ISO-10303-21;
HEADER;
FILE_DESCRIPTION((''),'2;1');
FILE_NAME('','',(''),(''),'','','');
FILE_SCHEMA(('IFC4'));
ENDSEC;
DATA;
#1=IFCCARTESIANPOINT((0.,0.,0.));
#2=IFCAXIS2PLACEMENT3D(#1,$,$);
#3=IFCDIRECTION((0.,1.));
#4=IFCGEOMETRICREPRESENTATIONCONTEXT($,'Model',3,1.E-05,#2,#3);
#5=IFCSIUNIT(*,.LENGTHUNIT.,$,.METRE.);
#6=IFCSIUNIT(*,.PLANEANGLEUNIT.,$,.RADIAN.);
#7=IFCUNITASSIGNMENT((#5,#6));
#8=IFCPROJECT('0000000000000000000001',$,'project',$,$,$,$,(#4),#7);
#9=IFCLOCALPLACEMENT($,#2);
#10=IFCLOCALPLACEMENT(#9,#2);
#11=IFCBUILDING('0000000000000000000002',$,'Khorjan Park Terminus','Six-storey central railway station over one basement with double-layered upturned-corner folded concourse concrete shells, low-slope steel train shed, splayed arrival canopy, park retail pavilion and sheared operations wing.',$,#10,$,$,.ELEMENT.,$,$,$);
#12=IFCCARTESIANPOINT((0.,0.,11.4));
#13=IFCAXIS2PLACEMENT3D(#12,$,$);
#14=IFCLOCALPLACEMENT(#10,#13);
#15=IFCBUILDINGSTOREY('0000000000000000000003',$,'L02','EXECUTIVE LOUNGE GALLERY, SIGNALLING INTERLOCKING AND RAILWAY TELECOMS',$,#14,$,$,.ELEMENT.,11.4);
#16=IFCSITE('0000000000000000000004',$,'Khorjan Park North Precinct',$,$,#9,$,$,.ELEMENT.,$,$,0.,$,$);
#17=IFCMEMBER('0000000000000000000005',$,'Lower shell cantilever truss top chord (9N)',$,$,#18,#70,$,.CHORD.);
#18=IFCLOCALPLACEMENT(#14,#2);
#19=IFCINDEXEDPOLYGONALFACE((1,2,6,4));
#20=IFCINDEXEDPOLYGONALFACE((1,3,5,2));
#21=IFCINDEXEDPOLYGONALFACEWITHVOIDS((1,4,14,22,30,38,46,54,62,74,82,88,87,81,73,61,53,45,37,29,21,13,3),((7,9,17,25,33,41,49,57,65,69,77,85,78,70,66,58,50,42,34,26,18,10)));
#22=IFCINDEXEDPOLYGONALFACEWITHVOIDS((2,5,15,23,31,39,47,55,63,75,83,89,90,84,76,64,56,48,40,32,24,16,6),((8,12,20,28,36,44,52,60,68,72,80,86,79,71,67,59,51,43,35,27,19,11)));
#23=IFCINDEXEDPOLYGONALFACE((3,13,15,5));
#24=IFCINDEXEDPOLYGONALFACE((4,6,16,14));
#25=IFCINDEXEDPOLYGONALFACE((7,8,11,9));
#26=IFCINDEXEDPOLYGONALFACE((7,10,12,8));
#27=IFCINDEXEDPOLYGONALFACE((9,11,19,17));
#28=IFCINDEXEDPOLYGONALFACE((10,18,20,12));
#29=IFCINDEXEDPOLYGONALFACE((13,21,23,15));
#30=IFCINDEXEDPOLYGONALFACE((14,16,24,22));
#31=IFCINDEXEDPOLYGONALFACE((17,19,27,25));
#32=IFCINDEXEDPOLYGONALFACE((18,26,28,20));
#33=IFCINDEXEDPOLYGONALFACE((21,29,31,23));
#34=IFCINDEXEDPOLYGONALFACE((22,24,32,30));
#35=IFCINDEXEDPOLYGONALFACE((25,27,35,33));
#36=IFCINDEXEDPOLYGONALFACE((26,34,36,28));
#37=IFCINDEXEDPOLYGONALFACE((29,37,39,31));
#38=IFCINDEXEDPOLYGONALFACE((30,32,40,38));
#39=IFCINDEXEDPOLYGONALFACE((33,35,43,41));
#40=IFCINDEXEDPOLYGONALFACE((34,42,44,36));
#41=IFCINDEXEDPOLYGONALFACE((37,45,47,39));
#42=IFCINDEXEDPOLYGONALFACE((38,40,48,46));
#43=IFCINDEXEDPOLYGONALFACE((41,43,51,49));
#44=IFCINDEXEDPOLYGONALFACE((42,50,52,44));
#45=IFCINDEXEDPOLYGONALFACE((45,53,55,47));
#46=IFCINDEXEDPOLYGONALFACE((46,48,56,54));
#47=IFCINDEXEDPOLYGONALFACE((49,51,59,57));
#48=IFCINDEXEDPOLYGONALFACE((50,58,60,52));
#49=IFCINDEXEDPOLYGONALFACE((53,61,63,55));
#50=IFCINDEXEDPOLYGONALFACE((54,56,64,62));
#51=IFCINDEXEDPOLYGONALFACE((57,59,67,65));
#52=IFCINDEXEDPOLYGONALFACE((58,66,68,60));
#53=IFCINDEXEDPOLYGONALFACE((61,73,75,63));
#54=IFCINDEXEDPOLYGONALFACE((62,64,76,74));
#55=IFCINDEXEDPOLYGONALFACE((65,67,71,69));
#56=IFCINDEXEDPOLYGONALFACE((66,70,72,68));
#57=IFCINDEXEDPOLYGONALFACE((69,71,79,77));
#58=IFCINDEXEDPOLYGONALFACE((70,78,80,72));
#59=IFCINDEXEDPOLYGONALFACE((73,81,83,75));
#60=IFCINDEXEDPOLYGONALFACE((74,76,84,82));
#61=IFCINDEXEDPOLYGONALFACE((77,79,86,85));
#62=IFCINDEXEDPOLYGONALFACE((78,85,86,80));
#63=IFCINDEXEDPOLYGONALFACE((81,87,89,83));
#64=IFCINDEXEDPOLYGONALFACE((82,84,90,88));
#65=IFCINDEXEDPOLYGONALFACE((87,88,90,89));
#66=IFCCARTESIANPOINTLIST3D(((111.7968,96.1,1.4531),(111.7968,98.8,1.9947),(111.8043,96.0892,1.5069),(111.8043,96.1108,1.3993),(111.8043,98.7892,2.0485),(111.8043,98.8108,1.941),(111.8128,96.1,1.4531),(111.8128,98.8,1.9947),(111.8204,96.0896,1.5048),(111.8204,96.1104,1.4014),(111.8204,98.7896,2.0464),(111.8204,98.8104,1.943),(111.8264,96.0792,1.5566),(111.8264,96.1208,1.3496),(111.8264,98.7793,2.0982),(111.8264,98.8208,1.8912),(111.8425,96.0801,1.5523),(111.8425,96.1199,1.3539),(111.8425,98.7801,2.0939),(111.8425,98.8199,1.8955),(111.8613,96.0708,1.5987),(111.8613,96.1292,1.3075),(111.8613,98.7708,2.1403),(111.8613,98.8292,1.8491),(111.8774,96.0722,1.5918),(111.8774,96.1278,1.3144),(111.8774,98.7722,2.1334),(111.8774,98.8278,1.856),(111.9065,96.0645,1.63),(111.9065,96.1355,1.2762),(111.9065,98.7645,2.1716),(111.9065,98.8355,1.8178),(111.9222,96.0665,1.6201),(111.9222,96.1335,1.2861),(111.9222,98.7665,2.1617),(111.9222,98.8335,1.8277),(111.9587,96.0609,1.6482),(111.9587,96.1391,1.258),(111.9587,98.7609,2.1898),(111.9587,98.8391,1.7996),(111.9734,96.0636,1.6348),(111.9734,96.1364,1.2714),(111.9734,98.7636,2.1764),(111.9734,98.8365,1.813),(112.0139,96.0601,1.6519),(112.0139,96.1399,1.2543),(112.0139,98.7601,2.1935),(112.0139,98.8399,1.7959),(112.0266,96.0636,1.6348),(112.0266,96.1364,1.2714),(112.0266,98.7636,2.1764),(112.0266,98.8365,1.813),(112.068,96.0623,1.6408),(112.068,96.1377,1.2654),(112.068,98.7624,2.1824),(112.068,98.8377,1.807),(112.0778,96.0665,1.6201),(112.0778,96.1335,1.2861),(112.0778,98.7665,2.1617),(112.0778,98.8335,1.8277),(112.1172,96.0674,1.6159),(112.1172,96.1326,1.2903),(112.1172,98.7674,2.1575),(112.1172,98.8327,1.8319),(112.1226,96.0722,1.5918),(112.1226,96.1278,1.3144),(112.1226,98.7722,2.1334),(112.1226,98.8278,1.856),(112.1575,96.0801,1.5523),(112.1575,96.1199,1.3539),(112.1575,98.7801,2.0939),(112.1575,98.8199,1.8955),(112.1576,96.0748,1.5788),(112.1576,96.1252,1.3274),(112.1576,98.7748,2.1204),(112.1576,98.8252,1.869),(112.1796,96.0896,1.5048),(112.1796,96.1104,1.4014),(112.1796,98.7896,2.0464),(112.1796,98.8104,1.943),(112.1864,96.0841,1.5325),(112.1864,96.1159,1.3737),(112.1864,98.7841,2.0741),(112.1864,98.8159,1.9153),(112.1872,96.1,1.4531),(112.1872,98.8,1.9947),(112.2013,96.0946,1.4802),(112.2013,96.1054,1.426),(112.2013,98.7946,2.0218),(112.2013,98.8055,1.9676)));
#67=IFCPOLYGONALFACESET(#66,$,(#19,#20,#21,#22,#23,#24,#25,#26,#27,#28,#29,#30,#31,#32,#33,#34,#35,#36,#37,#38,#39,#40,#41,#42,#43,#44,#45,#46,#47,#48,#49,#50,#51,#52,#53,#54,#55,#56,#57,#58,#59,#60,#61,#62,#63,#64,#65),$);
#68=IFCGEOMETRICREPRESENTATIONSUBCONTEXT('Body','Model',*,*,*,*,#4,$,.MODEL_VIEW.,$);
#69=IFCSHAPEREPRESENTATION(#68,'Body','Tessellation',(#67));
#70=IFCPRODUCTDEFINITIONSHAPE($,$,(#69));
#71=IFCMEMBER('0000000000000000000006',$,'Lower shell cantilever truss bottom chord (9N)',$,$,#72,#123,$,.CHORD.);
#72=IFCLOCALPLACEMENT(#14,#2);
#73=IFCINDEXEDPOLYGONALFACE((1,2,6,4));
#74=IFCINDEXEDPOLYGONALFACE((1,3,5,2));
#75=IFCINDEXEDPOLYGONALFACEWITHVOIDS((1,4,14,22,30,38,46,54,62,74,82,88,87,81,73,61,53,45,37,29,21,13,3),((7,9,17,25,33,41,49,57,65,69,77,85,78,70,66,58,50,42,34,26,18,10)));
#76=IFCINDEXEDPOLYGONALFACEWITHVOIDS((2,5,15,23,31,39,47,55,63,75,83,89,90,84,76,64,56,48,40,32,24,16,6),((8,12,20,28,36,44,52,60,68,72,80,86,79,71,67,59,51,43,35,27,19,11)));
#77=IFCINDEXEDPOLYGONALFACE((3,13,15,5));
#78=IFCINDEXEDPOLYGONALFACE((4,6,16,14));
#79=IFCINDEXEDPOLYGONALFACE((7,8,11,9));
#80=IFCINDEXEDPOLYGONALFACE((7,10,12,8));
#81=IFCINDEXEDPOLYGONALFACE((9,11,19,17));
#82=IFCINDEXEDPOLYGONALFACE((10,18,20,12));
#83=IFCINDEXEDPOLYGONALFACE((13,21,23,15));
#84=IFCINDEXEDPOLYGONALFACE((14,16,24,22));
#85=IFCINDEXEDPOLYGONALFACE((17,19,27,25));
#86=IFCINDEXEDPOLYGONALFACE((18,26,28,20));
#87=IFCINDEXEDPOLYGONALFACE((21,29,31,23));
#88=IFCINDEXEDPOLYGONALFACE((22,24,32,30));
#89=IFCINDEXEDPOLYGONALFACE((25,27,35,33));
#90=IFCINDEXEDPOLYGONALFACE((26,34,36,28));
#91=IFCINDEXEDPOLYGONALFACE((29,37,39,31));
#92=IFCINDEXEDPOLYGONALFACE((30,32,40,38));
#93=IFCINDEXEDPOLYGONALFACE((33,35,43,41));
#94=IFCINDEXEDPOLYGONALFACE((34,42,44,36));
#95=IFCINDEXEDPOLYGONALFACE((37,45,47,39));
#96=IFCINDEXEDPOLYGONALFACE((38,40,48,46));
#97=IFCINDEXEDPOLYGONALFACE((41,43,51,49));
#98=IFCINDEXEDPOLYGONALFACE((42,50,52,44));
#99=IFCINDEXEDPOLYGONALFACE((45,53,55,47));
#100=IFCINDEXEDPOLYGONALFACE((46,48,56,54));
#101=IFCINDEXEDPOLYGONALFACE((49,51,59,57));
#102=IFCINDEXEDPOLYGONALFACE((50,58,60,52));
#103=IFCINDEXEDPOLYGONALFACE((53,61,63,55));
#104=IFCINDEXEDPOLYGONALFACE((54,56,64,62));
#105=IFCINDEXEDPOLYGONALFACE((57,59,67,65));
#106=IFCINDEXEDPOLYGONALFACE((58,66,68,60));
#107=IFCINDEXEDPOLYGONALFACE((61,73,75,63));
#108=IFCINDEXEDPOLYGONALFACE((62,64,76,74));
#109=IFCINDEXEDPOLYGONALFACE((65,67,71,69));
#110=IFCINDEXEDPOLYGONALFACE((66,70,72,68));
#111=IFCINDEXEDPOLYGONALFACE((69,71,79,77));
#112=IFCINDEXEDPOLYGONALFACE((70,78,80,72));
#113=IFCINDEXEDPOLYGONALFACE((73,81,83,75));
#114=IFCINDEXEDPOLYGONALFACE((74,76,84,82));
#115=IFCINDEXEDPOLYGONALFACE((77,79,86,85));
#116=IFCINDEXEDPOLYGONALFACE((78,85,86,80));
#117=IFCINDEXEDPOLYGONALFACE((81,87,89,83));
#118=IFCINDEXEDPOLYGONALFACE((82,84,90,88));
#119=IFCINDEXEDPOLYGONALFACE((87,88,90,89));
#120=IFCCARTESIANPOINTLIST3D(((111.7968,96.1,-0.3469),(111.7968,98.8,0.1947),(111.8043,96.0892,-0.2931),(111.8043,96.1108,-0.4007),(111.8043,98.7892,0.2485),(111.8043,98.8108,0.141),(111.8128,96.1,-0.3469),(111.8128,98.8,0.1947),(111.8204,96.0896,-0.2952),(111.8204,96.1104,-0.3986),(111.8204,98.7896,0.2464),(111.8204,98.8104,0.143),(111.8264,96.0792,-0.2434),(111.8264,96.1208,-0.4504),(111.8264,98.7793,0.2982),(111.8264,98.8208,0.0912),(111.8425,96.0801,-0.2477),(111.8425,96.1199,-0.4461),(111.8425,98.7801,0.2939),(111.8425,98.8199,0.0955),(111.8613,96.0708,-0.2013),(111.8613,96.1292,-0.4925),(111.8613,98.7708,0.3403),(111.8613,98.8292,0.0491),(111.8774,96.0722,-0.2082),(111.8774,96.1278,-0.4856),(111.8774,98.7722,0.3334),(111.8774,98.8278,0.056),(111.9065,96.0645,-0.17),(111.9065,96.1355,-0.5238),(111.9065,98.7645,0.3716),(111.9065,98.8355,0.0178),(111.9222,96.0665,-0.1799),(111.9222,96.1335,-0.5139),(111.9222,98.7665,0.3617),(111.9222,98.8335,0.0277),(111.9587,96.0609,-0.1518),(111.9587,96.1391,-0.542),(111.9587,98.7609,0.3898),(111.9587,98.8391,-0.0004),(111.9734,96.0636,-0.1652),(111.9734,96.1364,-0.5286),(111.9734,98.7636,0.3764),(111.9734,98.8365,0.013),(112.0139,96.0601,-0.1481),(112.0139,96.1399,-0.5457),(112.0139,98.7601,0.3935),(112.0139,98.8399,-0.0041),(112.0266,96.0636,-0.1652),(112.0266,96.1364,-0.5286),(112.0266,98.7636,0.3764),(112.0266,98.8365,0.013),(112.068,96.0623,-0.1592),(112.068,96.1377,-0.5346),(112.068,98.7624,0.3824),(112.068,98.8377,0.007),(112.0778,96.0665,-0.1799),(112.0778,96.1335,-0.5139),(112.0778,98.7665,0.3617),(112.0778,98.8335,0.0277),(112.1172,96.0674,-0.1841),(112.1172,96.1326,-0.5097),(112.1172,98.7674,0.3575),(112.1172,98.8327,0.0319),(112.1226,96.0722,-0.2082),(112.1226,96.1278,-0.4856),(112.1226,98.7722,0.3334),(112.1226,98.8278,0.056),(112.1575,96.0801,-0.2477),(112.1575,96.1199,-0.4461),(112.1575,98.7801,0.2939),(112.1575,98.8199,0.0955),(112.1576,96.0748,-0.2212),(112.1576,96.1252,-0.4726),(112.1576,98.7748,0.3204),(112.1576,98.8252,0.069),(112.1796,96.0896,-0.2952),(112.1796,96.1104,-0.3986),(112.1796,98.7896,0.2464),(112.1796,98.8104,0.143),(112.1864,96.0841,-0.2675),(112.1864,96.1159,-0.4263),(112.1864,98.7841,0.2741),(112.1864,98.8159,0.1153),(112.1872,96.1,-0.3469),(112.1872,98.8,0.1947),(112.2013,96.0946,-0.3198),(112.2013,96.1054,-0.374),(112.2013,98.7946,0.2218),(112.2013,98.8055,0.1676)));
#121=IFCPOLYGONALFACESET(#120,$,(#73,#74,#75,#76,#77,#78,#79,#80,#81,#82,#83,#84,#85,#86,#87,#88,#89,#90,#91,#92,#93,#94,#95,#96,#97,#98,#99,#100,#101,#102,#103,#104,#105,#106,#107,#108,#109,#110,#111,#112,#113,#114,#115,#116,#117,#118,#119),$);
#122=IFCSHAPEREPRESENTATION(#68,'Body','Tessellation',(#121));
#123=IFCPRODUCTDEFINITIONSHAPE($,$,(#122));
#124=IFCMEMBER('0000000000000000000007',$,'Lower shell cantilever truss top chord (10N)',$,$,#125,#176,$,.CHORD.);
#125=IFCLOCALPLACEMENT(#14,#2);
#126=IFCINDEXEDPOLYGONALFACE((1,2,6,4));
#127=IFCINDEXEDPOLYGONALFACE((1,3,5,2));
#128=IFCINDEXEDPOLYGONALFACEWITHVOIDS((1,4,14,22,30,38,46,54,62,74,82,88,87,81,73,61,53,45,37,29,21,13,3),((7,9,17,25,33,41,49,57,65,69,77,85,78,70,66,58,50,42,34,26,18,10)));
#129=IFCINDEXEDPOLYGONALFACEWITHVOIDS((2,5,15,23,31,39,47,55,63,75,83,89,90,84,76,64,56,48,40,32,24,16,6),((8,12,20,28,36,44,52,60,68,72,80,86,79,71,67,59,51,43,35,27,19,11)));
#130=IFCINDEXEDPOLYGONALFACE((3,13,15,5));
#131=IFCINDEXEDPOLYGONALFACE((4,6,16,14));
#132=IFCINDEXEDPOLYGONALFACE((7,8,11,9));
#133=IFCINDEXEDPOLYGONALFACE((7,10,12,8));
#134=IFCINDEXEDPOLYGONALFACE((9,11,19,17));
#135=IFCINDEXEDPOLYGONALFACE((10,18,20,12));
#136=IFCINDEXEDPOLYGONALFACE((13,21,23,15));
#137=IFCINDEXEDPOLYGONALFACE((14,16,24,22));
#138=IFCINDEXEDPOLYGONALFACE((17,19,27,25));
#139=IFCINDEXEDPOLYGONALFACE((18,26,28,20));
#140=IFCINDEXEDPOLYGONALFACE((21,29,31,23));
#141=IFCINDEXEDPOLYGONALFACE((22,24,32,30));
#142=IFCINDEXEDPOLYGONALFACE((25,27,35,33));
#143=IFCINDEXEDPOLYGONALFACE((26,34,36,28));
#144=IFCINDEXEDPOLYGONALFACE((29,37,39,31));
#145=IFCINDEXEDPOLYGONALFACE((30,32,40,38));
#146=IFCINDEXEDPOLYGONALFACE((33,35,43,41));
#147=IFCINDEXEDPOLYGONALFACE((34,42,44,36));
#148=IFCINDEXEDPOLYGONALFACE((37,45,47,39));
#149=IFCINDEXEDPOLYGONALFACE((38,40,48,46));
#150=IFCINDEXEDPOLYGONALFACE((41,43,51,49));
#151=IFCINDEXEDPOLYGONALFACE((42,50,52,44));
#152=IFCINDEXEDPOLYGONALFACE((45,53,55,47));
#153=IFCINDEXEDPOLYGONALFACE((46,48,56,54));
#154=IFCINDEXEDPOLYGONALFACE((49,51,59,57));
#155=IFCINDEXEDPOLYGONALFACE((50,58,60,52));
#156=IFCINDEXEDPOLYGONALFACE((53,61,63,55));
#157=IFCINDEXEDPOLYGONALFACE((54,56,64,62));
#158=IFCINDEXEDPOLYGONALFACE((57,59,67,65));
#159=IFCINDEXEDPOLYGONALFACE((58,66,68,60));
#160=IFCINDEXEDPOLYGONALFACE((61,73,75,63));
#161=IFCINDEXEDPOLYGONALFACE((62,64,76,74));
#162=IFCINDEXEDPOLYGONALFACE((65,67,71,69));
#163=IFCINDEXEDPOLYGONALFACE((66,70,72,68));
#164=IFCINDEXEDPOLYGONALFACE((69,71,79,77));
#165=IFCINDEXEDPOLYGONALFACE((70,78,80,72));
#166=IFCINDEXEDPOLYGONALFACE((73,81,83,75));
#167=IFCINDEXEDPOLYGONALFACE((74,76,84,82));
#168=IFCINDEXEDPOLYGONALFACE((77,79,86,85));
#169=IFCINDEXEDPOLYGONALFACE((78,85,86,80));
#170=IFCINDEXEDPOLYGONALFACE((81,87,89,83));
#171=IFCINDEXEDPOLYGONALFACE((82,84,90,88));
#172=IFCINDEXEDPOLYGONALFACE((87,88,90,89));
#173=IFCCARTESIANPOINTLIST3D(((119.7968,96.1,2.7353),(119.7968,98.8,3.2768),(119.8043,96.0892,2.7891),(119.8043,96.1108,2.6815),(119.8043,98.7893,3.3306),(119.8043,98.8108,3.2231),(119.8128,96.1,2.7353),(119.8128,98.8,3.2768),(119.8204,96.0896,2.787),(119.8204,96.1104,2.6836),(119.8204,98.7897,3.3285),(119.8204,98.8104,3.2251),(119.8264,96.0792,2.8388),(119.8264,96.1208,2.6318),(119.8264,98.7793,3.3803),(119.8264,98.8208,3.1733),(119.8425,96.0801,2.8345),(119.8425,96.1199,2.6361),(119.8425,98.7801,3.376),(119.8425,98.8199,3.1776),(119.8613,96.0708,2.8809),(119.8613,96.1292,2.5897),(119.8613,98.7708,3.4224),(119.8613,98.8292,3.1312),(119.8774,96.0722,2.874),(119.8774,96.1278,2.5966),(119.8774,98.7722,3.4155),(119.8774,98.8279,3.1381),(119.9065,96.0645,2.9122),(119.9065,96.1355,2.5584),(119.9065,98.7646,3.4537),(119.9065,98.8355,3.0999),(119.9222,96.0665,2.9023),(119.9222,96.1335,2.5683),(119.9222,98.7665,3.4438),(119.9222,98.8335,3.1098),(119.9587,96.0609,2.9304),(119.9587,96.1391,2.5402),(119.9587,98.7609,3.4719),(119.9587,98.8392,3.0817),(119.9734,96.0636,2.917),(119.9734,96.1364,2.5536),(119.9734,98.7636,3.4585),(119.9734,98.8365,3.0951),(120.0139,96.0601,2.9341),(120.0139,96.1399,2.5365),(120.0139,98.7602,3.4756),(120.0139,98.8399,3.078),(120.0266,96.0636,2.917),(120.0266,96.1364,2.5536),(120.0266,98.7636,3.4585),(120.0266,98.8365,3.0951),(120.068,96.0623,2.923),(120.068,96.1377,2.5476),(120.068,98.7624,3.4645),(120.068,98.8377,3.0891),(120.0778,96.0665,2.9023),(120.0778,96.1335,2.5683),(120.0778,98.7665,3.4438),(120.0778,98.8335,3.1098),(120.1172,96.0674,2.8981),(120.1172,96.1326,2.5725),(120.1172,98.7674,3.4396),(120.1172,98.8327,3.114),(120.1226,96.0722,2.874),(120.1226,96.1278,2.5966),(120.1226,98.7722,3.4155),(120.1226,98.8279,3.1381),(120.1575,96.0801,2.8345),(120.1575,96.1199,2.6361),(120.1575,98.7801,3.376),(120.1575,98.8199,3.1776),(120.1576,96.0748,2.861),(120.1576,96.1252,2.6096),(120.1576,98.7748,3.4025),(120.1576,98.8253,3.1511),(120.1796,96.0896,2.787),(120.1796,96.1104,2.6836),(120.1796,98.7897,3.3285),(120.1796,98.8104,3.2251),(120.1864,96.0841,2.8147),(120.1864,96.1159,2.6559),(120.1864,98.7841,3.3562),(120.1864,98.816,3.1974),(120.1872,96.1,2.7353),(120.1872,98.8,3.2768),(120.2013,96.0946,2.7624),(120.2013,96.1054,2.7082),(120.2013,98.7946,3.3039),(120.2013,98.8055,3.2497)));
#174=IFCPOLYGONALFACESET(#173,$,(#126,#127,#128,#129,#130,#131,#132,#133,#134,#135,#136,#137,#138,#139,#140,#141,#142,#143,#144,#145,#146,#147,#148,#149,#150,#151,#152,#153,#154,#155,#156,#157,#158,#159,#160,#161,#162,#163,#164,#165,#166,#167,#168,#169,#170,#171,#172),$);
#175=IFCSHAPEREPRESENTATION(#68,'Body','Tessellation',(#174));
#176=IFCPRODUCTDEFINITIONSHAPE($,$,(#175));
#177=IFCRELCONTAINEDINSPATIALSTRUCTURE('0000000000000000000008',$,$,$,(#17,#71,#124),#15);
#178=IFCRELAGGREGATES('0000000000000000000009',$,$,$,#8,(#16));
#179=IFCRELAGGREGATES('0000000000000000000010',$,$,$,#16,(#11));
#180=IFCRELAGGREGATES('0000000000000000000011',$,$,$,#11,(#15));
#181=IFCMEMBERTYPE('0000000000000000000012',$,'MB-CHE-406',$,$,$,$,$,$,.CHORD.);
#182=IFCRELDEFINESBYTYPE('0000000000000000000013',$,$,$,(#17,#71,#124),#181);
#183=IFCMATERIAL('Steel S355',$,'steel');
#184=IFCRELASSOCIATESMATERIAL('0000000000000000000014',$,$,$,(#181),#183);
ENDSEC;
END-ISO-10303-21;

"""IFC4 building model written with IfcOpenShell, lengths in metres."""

from ifc_helpers import new_model, si_unit, direction, frame, origin, origin_2d, place, context, subcontext, project, spatial, hollow_circle, extrude, material, material_profile, profile_set, type_object, element, save


model = new_model("IFC4")

# Units and contexts
model_context = context("Model", 3, precision=1e-05, world=origin(), true_north=direction((0.0, 1.0)))
body_context = subcontext(model_context, "Body", "Model", "MODEL_VIEW")
ifc_project = project(units=[si_unit("LENGTHUNIT", "METRE"), si_unit("PLANEANGLEUNIT", "RADIAN")], contexts=[model_context])

# Site, building, storey
site_placement = place(None, origin())
site = spatial("IfcSite", under=ifc_project, at=site_placement, Name="Khorjan Park North Precinct", CompositionType="ELEMENT", RefElevation=0.0)
building_placement = place(site_placement, origin())
building = spatial("IfcBuilding", under=site, at=building_placement, Name="Khorjan Park Terminus", Description="Six-storey central railway station over one basement with double-layered upturned-corner folded concourse concrete shells, low-slope steel train shed, splayed arrival canopy, park retail pavilion and sheared operations wing.", CompositionType="ELEMENT")
storey_placement = place(building_placement, frame((0.0, 0.0, 11.4)))
storey = spatial("IfcBuildingStorey", under=building, at=storey_placement, Name="L02", Description="EXECUTIVE LOUNGE GALLERY, SIGNALLING INTERLOCKING AND RAILWAY TELECOMS", CompositionType="ELEMENT", Elevation=11.4)

# Shared definitions
ifc_material = material(Name="Steel S355", Category="steel")

# Members
ifc_material_profile_1 = material_profile(ifc_material, hollow_circle(Radius=0.2032, WallThickness=0.016, at=origin_2d()), Name="CHS 406.4x16")
ifc_profile_set_1 = profile_set([ifc_material_profile_1], Name="Steel S355")
member_type_1 = type_object("IfcMemberType", Name="MB-CHE-406", PredefinedType="CHORD", material=ifc_profile_set_1)
for number, where, z_axis, x_axis, name in (
    (1, (112.0, 96.1, 1.4531), (0.0, 0.980469, 0.196675), (-1.0, 0.0, 0.0), "Lower shell cantilever truss top chord (9N)"),
    (2, (112.0, 96.1, -0.3469), (0.0, 0.980469, 0.196675), (-1.0, 0.0, 0.0), "Lower shell cantilever truss bottom chord (9N)"),
    (3, (120.0, 96.1, 2.7353), (0.0, 0.980476, 0.19664), (-1.0, 0.0, 0.0), "Lower shell cantilever truss top chord (10N)"),
):
    element("IfcMember", number, at=place(storey_placement, frame(where, z_axis=z_axis, x_axis=x_axis)), inside=storey, type_object=member_type_1, Name=name, PredefinedType="CHORD", context=body_context, shape_type="SweptSolid", body=[
        extrude(hollow_circle(Radius=0.2032, WallThickness=0.016, at=origin_2d()), origin(), (0.0, 0.0, 1.0), 2.7538),
    ])

save(model, "model.ifc")
